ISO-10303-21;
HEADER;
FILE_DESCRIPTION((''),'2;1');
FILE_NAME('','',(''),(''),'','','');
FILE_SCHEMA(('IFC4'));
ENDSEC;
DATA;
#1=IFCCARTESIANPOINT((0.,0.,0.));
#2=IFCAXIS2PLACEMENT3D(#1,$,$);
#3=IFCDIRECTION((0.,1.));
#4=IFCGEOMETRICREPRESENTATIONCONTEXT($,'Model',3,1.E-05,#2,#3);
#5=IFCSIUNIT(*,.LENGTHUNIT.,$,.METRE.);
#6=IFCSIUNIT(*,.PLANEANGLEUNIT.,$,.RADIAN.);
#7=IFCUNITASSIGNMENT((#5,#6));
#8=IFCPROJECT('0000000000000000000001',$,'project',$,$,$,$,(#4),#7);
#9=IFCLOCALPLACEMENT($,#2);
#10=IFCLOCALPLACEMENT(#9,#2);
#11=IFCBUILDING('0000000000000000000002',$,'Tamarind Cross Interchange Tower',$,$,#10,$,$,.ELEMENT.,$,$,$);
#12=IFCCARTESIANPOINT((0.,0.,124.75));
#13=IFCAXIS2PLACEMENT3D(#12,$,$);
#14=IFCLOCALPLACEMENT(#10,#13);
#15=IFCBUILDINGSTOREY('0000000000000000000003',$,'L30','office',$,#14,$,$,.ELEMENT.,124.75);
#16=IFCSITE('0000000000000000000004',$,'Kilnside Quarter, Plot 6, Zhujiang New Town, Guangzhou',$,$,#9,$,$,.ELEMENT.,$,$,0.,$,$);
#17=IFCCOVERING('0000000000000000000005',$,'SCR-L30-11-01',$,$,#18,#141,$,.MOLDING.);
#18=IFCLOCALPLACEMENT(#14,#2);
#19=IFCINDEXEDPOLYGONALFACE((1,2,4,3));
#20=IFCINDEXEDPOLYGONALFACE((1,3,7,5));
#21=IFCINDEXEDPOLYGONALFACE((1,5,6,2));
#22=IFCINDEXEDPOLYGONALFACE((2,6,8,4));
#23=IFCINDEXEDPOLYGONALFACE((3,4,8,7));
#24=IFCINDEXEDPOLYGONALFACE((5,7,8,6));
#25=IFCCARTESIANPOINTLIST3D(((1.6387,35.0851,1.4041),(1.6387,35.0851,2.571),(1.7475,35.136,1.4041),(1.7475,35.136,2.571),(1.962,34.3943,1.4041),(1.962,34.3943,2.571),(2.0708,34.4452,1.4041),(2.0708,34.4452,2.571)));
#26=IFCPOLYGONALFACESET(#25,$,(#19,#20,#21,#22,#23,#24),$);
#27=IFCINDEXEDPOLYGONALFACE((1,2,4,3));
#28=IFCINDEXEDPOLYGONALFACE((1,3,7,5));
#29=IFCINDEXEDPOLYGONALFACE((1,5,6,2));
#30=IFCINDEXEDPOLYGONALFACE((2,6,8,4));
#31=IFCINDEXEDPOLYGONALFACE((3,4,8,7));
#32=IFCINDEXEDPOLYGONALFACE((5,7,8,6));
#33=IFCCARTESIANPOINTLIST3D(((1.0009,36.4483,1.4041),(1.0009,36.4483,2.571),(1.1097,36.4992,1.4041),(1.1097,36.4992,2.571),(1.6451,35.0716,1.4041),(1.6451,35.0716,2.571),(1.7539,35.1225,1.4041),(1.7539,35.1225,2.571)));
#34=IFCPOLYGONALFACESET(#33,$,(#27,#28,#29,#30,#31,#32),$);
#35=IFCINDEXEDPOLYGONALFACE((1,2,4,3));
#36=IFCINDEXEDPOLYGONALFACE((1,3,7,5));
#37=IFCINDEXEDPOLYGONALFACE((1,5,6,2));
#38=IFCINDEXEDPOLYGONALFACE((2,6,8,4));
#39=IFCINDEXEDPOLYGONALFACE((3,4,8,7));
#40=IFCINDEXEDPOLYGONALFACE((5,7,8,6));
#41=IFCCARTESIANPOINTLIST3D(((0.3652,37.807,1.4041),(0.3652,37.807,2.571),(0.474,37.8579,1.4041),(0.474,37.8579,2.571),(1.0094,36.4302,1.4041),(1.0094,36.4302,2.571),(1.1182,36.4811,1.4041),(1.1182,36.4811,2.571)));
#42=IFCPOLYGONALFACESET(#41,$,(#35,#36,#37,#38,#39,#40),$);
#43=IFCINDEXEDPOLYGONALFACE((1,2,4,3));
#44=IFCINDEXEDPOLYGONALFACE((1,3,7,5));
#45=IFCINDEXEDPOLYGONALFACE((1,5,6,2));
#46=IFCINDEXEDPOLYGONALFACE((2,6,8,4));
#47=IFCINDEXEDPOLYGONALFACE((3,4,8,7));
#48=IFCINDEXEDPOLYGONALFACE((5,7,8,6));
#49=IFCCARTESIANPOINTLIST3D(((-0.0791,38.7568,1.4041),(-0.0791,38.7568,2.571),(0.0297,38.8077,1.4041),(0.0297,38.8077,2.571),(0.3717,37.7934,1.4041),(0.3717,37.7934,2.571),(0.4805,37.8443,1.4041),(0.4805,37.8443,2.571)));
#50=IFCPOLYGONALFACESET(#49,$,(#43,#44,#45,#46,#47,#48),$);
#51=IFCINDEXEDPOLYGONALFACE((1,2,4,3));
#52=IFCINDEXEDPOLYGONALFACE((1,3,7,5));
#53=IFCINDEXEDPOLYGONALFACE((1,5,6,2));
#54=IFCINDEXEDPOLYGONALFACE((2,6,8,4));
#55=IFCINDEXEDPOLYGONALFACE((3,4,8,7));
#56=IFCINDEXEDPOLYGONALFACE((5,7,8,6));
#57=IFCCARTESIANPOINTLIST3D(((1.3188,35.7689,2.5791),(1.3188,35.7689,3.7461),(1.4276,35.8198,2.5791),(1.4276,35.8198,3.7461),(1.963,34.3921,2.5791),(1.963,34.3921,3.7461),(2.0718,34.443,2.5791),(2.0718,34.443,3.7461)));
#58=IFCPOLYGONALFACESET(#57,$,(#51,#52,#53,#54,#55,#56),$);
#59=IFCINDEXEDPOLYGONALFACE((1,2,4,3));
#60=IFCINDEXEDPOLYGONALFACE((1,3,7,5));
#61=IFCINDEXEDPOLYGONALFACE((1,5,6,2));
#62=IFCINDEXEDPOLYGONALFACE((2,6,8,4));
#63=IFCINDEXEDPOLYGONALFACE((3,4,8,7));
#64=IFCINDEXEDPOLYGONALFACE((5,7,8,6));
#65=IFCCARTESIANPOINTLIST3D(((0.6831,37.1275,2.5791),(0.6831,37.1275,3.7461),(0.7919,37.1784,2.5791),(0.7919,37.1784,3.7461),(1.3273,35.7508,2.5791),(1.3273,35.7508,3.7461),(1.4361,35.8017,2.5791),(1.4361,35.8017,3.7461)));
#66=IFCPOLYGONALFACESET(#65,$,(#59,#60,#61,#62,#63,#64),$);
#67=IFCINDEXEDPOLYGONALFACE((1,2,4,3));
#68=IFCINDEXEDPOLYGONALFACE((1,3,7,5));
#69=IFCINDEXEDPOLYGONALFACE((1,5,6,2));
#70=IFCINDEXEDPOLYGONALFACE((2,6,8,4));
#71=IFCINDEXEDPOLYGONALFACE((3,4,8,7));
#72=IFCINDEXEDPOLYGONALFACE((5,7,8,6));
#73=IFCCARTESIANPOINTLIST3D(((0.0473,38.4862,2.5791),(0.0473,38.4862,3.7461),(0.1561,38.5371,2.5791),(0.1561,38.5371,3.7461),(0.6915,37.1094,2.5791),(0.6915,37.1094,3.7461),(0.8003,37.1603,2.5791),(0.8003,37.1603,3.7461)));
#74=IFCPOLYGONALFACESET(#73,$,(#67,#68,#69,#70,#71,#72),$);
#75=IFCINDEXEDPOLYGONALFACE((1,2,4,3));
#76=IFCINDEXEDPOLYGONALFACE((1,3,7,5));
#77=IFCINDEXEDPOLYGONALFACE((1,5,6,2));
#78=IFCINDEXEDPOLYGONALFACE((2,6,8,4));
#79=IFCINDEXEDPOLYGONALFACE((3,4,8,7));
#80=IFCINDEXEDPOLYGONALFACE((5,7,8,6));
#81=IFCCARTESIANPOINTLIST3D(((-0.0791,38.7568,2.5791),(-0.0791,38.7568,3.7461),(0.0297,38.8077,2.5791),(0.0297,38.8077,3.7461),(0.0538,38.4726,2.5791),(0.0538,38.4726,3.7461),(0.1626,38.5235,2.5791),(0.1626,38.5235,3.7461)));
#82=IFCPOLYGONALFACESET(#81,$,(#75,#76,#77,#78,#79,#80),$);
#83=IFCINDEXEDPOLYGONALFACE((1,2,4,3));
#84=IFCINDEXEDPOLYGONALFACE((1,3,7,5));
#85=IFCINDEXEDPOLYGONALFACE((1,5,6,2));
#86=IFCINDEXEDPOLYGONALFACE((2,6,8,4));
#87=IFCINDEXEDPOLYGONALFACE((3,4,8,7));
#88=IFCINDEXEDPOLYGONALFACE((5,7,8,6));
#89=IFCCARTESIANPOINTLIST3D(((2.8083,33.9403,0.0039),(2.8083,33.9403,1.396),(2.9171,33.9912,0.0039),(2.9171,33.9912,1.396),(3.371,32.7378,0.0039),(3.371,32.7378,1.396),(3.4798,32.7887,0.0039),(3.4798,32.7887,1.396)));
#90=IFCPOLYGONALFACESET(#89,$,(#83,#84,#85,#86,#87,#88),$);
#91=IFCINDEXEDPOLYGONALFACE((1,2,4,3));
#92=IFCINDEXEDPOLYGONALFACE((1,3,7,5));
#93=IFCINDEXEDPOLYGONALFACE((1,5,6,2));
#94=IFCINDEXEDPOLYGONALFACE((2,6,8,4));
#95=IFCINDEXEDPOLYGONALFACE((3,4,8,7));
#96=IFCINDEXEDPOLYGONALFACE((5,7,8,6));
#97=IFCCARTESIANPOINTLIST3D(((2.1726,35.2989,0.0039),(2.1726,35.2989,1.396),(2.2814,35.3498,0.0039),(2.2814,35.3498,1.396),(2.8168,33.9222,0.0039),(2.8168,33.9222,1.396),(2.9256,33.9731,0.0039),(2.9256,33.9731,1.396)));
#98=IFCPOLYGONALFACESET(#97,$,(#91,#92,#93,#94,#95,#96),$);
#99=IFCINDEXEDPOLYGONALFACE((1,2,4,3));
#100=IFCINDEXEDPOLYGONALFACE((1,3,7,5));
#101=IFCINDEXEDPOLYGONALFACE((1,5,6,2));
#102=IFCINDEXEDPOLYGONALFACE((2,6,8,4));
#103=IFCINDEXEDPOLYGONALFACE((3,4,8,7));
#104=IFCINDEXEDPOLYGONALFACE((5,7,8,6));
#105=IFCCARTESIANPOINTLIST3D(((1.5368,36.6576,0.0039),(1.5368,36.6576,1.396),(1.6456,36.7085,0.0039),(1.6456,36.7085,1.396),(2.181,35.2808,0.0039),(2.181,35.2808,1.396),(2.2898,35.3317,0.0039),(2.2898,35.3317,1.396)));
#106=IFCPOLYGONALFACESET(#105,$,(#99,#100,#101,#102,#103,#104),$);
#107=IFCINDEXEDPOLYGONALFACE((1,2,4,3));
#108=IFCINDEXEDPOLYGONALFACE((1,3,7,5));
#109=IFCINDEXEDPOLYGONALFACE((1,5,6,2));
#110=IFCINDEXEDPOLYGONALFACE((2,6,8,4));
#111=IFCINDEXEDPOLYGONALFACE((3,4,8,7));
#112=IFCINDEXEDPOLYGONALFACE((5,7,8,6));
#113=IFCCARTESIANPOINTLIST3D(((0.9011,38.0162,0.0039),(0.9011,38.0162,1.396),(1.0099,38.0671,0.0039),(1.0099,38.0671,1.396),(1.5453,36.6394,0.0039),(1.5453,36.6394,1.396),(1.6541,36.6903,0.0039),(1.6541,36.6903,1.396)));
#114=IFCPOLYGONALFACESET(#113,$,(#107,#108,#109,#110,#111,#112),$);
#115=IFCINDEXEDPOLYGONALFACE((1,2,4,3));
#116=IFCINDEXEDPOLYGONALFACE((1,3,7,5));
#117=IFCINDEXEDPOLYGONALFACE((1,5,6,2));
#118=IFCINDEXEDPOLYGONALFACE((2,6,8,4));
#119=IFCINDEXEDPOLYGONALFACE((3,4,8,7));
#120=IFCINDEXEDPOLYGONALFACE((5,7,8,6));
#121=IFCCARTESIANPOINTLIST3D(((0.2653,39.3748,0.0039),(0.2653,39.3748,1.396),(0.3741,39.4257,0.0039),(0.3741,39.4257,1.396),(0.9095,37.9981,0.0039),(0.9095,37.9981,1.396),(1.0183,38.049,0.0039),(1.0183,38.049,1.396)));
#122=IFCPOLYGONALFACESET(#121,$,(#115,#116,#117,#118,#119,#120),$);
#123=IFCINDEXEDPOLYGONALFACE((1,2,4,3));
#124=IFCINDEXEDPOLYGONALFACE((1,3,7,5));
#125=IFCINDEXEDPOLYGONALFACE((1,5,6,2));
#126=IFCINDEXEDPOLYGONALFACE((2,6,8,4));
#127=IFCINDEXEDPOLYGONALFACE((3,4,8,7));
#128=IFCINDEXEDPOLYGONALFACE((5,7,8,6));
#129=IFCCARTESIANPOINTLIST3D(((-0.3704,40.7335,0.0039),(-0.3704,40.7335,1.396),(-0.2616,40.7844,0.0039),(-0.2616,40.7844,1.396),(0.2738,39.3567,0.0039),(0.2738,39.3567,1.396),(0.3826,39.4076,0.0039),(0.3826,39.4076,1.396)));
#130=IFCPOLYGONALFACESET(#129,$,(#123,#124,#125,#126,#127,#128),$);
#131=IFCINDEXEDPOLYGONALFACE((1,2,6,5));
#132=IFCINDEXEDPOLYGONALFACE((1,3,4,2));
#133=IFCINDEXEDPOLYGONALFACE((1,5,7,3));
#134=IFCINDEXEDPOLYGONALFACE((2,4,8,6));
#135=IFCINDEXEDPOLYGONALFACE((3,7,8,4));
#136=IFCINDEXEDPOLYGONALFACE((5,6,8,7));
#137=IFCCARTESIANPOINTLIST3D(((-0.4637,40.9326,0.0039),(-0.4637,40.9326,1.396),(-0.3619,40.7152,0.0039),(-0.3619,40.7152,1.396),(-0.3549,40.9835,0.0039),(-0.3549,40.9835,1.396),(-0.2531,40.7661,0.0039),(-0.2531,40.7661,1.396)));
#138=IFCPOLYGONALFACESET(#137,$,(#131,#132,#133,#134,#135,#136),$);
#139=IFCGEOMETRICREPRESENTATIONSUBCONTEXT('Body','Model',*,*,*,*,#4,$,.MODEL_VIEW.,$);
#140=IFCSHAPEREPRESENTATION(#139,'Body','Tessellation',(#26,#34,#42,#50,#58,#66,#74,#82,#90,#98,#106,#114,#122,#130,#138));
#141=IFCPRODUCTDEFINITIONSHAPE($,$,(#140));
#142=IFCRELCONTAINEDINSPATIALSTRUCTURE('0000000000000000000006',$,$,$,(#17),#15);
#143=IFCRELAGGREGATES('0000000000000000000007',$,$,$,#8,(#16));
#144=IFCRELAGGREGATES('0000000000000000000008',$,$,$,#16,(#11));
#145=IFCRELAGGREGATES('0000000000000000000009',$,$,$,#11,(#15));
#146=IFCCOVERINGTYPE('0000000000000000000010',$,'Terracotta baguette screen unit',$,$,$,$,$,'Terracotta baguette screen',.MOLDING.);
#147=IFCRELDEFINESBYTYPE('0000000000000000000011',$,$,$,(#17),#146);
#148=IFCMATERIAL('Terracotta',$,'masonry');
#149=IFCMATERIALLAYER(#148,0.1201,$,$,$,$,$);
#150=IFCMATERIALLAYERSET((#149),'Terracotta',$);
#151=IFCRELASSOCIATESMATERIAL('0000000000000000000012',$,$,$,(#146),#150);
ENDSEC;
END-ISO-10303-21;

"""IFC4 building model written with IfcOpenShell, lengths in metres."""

from ifc_helpers import new_model, si_unit, direction, frame, origin, origin_2d, place, context, subcontext, project, spatial, rectangle, extrude, material, layer, layer_set, type_object, element, save


model = new_model("IFC4")

# Units and contexts
model_context = context("Model", 3, precision=1e-05, world=origin(), true_north=direction((0.0, 1.0)))
body_context = subcontext(model_context, "Body", "Model", "MODEL_VIEW")
ifc_project = project(units=[si_unit("LENGTHUNIT", "METRE"), si_unit("PLANEANGLEUNIT", "RADIAN")], contexts=[model_context])

# Site, building, storey
site_placement = place(None, origin())
site = spatial("IfcSite", under=ifc_project, at=site_placement, Name="Kilnside Quarter, Plot 6, Zhujiang New Town, Guangzhou", CompositionType="ELEMENT", RefElevation=0.0)
building_placement = place(site_placement, origin())
building = spatial("IfcBuilding", under=site, at=building_placement, Name="Tamarind Cross Interchange Tower", CompositionType="ELEMENT")
storey_placement = place(building_placement, frame((0.0, 0.0, 124.75)))
storey = spatial("IfcBuildingStorey", under=building, at=storey_placement, Name="L30", Description="office", CompositionType="ELEMENT", Elevation=124.75)

# Covering
ifc_material_1 = material(Name="Terracotta", Category="masonry")
ifc_layer_1 = layer(ifc_material_1, 0.1201)
ifc_layer_set_1 = layer_set([ifc_layer_1], Name="Terracotta")
covering_type = type_object("IfcCoveringType", Name="Terracotta baguette screen unit", ElementType="Terracotta baguette screen", PredefinedType="MOLDING", material=ifc_layer_set_1)
covering_1_placement = place(storey_placement, origin())
element("IfcCovering", 1, at=covering_1_placement, inside=storey, type_object=covering_type, Name="SCR-L30-11-01", PredefinedType="MOLDING", context=body_context, shape_type="SweptSolid", body=[
    extrude(rectangle(XDim=0.7627, YDim=0.1201, at=origin_2d()), frame((1.8547, 34.7651, 1.4041), z_axis=(0.0, 0.0, 1.0), x_axis=(-0.423807, 0.905752, 0.0)), (0.0, 0.0, 1.0), 1.167),
    extrude(rectangle(XDim=1.52, YDim=0.1201, at=origin_2d()), frame((1.3774, 35.7854, 1.4041), z_axis=(0.0, 0.0, 1.0), x_axis=(-0.423807, 0.905752, 0.0)), (0.0, 0.0, 1.0), 1.167),
    extrude(rectangle(XDim=1.52, YDim=0.1201, at=origin_2d()), frame((0.7417, 37.144, 1.4041), z_axis=(0.0, 0.0, 1.0), x_axis=(-0.423807, 0.905752, 0.0)), (0.0, 0.0, 1.0), 1.167),
    extrude(rectangle(XDim=1.0637, YDim=0.1201, at=origin_2d()), frame((0.2007, 38.3005, 1.4041), z_axis=(0.0, 0.0, 1.0), x_axis=(-0.423807, 0.905752, 0.0)), (0.0, 0.0, 1.0), 1.167),
    extrude(rectangle(XDim=1.52, YDim=0.1201, at=origin_2d()), frame((1.6953, 35.106, 2.5791), z_axis=(0.0, 0.0, 1.0), x_axis=(-0.423807, 0.905752, 0.0)), (0.0, 0.0, 1.0), 1.167),
    extrude(rectangle(XDim=1.52, YDim=0.1201, at=origin_2d()), frame((1.0596, 36.4646, 2.5791), z_axis=(0.0, 0.0, 1.0), x_axis=(-0.423807, 0.905752, 0.0)), (0.0, 0.0, 1.0), 1.167),
    extrude(rectangle(XDim=1.52, YDim=0.1201, at=origin_2d()), frame((0.4238, 37.8232, 2.5791), z_axis=(0.0, 0.0, 1.0), x_axis=(-0.423807, 0.905752, 0.0)), (0.0, 0.0, 1.0), 1.167),
    extrude(rectangle(XDim=0.3137, YDim=0.1201, at=origin_2d()), frame((0.0417, 38.6401, 2.5791), z_axis=(0.0, 0.0, 1.0), x_axis=(-0.423807, 0.905752, 0.0)), (0.0, 0.0, 1.0), 1.167),
    extrude(rectangle(XDim=1.3276, YDim=0.1201, at=origin_2d()), frame((3.144, 33.3645, 0.0039), z_axis=(0.0, 0.0, 1.0), x_axis=(-0.423807, 0.905752, 0.0)), (0.0, 0.0, 1.0), 1.3921),
    extrude(rectangle(XDim=1.52, YDim=0.1201, at=origin_2d()), frame((2.5491, 34.636, 0.0039), z_axis=(0.0, 0.0, 1.0), x_axis=(-0.423807, 0.905752, 0.0)), (0.0, 0.0, 1.0), 1.3921),
    extrude(rectangle(XDim=1.52, YDim=0.1201, at=origin_2d()), frame((1.9133, 35.9946, 0.0039), z_axis=(0.0, 0.0, 1.0), x_axis=(-0.423807, 0.905752, 0.0)), (0.0, 0.0, 1.0), 1.3921),
    extrude(rectangle(XDim=1.52, YDim=0.1201, at=origin_2d()), frame((1.2776, 37.3533, 0.0039), z_axis=(0.0, 0.0, 1.0), x_axis=(-0.423807, 0.905752, 0.0)), (0.0, 0.0, 1.0), 1.3921),
    extrude(rectangle(XDim=1.52, YDim=0.1201, at=origin_2d()), frame((0.6418, 38.7119, 0.0039), z_axis=(0.0, 0.0, 1.0), x_axis=(-0.423807, 0.905752, 0.0)), (0.0, 0.0, 1.0), 1.3921),
    extrude(rectangle(XDim=1.52, YDim=0.1201, at=origin_2d()), frame((0.0061, 40.0706, 0.0039), z_axis=(0.0, 0.0, 1.0), x_axis=(-0.423807, 0.905752, 0.0)), (0.0, 0.0, 1.0), 1.3921),
    extrude(rectangle(XDim=0.24, YDim=0.1201, at=origin_2d()), frame((-0.3584, 40.8494, 0.0039), z_axis=(0.0, 0.0, 1.0), x_axis=(-0.423807, 0.905752, 0.0)), (0.0, 0.0, 1.0), 1.3921),
])

save(model, "model.ifc")
